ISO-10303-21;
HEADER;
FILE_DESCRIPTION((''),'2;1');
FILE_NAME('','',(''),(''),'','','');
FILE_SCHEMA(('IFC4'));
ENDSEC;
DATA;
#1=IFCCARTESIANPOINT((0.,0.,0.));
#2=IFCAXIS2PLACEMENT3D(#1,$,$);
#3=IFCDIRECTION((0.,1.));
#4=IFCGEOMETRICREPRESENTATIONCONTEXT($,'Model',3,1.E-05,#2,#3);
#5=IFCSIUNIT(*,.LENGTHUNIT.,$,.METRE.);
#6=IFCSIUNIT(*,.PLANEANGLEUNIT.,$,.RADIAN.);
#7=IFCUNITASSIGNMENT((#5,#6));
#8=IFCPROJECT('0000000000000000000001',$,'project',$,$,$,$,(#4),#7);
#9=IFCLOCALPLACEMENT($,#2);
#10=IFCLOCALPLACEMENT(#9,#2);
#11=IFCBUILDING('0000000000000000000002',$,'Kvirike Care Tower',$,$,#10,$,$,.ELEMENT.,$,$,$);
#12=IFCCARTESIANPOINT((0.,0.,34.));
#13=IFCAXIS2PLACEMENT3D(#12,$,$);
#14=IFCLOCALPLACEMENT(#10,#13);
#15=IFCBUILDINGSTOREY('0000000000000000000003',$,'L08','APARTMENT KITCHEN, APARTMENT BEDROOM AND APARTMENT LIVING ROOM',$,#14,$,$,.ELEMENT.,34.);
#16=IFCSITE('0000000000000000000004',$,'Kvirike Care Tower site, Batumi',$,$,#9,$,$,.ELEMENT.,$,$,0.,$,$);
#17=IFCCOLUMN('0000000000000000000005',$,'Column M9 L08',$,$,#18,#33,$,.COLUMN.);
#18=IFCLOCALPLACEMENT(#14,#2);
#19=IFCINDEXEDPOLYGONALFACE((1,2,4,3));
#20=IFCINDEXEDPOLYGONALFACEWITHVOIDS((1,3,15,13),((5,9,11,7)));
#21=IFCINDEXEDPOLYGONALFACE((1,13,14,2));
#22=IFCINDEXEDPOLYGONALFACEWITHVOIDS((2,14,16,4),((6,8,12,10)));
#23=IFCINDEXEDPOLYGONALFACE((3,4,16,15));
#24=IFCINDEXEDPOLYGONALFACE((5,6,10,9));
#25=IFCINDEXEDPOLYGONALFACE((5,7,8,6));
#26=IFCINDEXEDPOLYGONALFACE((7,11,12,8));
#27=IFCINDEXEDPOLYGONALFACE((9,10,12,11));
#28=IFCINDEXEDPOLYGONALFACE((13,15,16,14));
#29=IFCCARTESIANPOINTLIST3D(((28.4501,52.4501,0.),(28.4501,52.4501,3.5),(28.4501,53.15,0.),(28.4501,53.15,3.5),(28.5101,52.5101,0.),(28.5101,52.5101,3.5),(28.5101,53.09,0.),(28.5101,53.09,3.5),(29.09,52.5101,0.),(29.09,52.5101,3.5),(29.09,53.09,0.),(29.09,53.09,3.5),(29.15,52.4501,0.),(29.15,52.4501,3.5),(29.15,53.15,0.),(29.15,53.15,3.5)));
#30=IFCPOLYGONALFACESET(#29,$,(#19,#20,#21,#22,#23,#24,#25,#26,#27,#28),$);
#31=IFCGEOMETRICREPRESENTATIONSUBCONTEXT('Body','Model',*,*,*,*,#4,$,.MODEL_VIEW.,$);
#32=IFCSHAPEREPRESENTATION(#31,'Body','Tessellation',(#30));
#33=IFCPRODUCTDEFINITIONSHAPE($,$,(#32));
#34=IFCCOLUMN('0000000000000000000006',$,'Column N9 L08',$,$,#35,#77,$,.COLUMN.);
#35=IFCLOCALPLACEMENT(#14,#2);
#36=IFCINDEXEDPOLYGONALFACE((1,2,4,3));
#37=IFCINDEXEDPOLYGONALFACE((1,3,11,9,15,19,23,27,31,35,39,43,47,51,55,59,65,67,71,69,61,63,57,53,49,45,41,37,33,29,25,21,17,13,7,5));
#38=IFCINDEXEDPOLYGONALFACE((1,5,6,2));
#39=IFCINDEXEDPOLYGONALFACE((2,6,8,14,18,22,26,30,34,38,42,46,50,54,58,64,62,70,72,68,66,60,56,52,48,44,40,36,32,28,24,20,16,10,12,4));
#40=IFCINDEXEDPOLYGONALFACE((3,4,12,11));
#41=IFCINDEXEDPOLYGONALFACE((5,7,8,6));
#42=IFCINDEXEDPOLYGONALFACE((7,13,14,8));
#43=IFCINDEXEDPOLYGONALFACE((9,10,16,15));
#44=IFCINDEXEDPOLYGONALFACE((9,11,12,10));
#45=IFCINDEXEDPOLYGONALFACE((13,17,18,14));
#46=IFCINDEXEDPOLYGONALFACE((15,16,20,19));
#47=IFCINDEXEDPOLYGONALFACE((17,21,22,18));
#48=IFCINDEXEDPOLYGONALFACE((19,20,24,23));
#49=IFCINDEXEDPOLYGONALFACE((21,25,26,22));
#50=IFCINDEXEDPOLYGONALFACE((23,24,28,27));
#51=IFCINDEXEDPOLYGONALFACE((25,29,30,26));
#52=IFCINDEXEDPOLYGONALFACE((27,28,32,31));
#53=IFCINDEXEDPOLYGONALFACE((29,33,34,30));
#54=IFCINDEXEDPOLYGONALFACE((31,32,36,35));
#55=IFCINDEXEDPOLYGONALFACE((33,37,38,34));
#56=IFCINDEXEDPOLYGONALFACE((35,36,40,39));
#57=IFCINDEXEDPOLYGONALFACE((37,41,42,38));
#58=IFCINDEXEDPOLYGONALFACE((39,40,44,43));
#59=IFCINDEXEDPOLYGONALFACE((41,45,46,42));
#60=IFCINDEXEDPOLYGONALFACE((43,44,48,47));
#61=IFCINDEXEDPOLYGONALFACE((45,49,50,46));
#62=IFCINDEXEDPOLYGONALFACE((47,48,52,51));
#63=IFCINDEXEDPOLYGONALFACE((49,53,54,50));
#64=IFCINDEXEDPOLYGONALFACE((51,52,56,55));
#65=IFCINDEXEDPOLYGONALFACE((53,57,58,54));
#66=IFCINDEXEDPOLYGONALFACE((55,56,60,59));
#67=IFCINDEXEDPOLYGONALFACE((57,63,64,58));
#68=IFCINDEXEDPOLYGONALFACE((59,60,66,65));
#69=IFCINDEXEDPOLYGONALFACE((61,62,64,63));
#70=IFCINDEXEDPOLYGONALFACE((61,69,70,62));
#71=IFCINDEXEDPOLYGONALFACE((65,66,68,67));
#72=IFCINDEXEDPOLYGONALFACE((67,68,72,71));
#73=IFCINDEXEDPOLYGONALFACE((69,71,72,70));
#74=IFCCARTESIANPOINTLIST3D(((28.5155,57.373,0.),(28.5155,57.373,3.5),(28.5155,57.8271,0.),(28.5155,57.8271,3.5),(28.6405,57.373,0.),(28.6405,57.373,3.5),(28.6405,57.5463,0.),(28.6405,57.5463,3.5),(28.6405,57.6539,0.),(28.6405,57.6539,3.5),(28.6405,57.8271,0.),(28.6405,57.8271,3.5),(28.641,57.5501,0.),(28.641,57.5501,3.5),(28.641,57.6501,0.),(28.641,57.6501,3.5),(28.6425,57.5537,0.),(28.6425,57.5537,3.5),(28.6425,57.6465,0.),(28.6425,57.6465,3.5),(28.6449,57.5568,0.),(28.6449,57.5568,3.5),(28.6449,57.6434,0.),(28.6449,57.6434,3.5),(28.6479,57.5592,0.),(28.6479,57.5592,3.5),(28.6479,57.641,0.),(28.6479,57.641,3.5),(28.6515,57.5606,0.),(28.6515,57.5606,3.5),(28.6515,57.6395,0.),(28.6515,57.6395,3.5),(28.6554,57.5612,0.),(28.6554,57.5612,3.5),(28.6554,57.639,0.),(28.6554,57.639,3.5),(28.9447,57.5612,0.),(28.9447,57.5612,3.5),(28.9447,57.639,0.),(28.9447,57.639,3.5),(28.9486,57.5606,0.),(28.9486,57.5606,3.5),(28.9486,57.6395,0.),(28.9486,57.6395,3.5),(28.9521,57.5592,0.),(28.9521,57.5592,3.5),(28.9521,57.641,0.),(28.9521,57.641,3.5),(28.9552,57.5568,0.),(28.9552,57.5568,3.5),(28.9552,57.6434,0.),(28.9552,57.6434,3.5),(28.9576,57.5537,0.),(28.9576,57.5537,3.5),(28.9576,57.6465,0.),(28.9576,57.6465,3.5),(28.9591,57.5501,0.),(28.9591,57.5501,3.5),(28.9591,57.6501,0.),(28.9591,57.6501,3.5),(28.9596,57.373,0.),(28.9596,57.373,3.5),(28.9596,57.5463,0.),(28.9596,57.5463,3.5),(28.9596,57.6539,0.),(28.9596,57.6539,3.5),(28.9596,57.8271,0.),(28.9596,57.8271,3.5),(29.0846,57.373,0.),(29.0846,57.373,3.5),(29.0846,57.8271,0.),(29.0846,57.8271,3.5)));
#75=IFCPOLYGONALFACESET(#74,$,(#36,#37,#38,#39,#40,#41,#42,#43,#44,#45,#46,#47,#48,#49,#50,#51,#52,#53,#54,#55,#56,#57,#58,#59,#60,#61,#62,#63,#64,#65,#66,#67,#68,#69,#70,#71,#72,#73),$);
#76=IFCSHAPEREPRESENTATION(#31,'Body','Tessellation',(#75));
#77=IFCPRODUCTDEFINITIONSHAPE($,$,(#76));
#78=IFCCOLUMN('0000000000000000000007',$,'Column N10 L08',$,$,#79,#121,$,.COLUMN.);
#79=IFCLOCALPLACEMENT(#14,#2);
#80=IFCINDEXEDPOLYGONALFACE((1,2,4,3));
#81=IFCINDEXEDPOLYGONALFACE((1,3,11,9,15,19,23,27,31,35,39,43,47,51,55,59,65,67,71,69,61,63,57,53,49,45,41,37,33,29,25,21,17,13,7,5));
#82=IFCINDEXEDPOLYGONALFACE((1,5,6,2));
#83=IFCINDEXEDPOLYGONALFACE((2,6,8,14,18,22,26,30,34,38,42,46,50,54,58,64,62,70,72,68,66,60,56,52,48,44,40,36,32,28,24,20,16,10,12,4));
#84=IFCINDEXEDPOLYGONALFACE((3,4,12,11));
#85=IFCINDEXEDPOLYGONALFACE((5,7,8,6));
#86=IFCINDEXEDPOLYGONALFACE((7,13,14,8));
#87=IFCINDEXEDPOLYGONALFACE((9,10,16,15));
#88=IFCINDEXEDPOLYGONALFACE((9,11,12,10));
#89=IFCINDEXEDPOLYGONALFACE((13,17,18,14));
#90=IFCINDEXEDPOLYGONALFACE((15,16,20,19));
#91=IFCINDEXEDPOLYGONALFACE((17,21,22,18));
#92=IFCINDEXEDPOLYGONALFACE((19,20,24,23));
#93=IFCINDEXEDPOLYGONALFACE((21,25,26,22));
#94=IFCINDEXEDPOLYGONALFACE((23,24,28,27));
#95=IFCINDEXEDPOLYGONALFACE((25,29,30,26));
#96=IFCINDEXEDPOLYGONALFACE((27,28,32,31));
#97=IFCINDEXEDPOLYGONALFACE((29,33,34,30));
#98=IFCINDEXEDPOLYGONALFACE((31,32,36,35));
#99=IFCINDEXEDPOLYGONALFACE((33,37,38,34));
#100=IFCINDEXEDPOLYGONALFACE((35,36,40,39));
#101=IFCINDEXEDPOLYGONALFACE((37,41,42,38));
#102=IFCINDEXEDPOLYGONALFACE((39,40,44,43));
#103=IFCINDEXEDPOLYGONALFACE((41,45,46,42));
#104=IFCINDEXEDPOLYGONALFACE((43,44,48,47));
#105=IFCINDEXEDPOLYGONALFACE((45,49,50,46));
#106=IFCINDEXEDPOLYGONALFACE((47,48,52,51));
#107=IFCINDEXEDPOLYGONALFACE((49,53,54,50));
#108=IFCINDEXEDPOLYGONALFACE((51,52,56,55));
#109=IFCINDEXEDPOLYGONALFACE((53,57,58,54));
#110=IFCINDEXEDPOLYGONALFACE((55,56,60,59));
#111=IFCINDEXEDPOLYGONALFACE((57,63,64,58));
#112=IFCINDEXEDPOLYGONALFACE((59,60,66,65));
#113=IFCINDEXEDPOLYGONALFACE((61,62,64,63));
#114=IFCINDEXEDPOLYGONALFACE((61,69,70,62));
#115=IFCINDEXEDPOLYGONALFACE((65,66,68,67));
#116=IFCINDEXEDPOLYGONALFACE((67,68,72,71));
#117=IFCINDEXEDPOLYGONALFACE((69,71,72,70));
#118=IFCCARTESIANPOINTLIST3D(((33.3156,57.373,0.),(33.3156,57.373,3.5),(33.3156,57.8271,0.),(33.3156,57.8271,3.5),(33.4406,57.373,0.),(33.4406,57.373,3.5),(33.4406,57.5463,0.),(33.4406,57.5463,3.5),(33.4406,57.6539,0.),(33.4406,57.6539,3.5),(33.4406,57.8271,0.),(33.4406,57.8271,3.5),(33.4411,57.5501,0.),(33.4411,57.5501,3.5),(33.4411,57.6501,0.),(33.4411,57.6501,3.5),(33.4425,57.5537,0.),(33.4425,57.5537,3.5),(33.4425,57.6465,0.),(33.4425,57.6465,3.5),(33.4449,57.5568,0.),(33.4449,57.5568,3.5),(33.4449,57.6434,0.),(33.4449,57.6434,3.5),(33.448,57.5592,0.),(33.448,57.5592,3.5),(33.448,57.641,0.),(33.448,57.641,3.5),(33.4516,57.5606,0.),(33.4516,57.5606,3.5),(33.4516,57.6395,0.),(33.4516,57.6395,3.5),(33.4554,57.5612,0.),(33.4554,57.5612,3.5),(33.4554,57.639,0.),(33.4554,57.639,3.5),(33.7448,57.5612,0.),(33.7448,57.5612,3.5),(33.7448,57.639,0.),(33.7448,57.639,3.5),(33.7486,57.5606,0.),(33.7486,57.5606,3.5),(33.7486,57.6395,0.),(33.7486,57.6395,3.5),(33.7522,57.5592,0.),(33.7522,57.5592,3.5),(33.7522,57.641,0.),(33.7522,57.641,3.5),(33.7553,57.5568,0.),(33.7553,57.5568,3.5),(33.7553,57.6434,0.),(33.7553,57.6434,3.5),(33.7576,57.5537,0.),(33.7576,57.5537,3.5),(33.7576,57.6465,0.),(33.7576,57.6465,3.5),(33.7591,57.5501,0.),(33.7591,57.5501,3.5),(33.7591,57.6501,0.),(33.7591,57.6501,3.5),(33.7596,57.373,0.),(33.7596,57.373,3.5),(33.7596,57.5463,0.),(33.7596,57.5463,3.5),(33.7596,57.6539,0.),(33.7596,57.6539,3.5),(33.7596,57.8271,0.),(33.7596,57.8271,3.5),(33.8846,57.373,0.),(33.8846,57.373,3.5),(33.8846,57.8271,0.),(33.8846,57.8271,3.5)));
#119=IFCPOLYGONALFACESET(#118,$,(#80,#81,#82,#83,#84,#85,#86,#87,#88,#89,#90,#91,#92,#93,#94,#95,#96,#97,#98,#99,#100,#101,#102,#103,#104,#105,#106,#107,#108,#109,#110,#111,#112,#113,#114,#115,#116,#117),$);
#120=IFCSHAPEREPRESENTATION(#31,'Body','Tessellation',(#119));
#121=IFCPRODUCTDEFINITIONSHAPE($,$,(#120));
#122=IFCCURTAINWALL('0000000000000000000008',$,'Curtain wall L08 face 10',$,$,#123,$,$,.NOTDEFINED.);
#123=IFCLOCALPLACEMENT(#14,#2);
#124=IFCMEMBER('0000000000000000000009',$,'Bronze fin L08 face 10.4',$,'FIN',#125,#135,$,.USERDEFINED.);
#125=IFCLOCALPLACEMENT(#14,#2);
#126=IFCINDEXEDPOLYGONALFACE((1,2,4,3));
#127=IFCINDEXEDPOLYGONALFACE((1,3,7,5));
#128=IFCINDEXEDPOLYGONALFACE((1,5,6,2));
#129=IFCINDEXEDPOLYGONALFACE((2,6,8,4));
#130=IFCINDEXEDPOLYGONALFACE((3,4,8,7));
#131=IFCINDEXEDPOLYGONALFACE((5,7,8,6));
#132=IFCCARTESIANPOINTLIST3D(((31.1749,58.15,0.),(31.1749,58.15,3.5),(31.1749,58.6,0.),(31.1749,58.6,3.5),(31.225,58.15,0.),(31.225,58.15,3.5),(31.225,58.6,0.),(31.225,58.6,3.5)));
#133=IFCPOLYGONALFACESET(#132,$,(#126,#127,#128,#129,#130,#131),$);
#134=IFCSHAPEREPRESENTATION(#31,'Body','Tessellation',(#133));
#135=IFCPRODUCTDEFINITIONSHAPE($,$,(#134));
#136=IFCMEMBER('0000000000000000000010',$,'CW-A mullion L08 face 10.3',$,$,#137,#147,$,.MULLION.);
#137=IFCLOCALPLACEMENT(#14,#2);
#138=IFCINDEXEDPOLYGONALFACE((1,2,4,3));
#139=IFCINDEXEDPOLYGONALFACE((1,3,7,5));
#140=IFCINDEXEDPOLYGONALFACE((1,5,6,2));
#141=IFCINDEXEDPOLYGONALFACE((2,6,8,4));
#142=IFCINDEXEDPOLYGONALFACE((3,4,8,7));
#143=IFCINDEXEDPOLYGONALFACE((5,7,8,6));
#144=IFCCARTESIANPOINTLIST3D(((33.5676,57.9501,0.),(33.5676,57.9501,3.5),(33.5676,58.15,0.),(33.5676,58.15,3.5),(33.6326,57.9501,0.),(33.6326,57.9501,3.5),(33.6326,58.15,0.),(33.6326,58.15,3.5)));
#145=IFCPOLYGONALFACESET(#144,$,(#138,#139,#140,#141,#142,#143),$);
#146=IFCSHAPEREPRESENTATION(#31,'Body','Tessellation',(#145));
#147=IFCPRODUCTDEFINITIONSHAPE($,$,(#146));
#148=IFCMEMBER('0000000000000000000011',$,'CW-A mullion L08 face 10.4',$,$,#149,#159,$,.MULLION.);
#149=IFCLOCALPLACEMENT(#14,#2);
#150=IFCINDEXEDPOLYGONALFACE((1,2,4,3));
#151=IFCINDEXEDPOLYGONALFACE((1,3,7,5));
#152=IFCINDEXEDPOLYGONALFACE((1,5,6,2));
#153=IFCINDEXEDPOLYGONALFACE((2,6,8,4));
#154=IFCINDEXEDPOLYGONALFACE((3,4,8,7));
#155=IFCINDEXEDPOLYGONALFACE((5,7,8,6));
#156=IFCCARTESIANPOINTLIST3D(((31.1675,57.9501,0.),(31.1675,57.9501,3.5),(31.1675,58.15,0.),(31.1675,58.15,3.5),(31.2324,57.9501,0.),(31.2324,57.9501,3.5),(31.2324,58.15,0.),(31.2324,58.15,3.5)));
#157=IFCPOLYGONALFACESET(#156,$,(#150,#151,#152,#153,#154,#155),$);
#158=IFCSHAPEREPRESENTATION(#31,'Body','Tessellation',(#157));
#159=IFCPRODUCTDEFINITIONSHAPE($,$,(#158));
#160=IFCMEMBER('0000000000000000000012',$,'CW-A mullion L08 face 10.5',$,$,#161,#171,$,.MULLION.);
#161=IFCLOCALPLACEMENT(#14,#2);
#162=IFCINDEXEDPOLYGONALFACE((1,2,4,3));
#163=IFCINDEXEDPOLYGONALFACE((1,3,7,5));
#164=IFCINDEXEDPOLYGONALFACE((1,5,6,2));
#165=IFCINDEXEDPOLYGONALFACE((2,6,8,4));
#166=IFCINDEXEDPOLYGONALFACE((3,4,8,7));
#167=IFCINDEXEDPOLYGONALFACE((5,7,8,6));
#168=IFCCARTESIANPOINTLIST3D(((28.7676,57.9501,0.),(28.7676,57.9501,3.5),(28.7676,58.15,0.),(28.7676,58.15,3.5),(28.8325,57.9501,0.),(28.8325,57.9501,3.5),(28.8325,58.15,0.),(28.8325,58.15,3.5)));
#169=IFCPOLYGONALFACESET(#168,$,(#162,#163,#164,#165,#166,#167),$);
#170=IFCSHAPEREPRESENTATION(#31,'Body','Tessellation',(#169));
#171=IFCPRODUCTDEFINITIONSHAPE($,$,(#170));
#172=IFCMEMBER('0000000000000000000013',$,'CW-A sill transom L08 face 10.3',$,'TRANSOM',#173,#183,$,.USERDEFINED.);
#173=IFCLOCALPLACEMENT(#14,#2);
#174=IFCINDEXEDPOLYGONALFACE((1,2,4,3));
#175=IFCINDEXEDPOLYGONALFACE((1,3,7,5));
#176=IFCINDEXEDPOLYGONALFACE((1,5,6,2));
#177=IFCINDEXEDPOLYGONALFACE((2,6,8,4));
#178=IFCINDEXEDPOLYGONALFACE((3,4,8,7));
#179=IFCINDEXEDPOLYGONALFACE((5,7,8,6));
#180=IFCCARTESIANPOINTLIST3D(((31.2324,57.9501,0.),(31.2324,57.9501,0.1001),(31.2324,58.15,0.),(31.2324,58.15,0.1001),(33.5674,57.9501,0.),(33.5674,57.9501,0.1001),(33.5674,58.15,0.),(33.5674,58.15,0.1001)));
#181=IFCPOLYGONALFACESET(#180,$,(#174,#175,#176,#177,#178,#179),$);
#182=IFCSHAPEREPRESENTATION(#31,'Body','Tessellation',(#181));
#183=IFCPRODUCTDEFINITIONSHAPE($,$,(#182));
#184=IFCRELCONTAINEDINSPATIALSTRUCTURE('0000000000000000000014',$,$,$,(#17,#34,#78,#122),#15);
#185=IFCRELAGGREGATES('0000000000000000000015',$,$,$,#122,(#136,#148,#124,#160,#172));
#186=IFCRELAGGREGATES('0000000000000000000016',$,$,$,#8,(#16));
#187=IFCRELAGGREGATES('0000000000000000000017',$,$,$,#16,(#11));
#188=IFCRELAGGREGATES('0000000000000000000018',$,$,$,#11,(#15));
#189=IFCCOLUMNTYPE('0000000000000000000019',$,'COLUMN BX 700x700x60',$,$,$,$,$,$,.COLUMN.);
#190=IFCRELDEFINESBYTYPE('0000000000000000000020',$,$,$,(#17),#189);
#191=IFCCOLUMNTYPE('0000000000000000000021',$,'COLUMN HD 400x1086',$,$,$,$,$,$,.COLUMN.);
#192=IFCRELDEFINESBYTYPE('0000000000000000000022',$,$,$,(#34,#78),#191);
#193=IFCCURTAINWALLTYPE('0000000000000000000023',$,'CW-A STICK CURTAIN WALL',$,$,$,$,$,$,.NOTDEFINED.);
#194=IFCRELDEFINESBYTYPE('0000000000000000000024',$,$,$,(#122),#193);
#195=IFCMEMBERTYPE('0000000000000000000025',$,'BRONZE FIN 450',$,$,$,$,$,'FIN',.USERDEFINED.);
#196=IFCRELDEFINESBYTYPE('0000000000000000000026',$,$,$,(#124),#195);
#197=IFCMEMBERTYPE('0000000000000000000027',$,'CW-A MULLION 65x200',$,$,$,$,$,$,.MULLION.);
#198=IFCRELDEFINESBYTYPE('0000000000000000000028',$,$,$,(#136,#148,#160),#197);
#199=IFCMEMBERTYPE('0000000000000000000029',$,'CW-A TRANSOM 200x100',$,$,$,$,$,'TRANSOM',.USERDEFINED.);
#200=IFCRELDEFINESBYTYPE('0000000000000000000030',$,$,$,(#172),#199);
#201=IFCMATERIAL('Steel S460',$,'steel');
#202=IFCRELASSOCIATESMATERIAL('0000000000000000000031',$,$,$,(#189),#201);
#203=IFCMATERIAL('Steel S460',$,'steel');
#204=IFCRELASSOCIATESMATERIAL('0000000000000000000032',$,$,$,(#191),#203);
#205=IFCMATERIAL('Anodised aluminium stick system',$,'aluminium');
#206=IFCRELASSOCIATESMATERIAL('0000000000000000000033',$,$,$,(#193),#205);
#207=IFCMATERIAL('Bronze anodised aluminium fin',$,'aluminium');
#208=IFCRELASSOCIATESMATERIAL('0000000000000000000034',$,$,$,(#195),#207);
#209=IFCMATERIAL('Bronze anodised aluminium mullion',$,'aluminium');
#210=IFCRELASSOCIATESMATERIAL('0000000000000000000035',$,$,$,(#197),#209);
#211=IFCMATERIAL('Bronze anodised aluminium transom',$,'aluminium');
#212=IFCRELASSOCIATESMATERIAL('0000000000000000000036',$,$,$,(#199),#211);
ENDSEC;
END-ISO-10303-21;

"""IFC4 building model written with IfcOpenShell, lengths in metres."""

from ifc_helpers import new_model, si_unit, direction, frame, origin, origin_2d, place, context, subcontext, project, spatial, rectangle, hollow_rectangle, i_section, extrude, material, material_profile, profile_set, type_object, element, aggregate, save


model = new_model("IFC4")

# Units and contexts
model_context = context("Model", 3, precision=1e-05, world=origin(), true_north=direction((0.0, 1.0)))
body_context = subcontext(model_context, "Body", "Model", "MODEL_VIEW")
ifc_project = project(units=[si_unit("LENGTHUNIT", "METRE"), si_unit("PLANEANGLEUNIT", "RADIAN")], contexts=[model_context])

# Site, building, storey
site_placement = place(None, origin())
site = spatial("IfcSite", under=ifc_project, at=site_placement, Name="Kvirike Care Tower site, Batumi", CompositionType="ELEMENT", RefElevation=0.0)
building_placement = place(site_placement, origin())
building = spatial("IfcBuilding", under=site, at=building_placement, Name="Kvirike Care Tower", CompositionType="ELEMENT")
storey_placement = place(building_placement, frame((0.0, 0.0, 34.0)))
storey = spatial("IfcBuildingStorey", under=building, at=storey_placement, Name="L08", Description="APARTMENT KITCHEN, APARTMENT BEDROOM AND APARTMENT LIVING ROOM", CompositionType="ELEMENT", Elevation=34.0)

# Columns
ifc_material_1 = material(Name="Steel S460", Category="steel")
ifc_material_profile_1 = material_profile(ifc_material_1, hollow_rectangle(XDim=0.7, YDim=0.7, WallThickness=0.0601, at=origin_2d()), Name="BX 700x700x60")
ifc_profile_set_1 = profile_set([ifc_material_profile_1], Name="Steel S460")
column_type_1 = type_object("IfcColumnType", Name="COLUMN BX 700x700x60", PredefinedType="COLUMN", material=ifc_profile_set_1)
column_placement = place(storey_placement, frame((28.8, 52.8, 0.0), z_axis=(0.0, 0.0, 1.0), x_axis=(1.0, 0.0, 0.0)))
element("IfcColumn", 1, at=column_placement, inside=storey, type_object=column_type_1, Name="Column M9 L08", PredefinedType="COLUMN", context=body_context, shape_type="SweptSolid", body=[
    extrude(hollow_rectangle(XDim=0.7, YDim=0.7, WallThickness=0.0601, at=origin_2d()), origin(), (0.0, 0.0, 1.0), 3.5),
])
ifc_material_2 = material(Name="Steel S460", Category="steel")
ifc_material_profile_2 = material_profile(ifc_material_2, i_section(OverallWidth=0.4541, OverallDepth=0.5691, WebThickness=0.0779, FlangeThickness=0.125, FilletRadius=0.0149, at=origin_2d()), Name="HD 400x1086")
ifc_profile_set_2 = profile_set([ifc_material_profile_2], Name="Steel S460")
column_type_2 = type_object("IfcColumnType", Name="COLUMN HD 400x1086", PredefinedType="COLUMN", material=ifc_profile_set_2)
for number, where, z_axis, x_axis, name in (
    (2, (28.8, 57.6001, 0.0), (0.0, 0.0, 1.0), (0.0, 1.0, 0.0), "Column N9 L08"),
    (3, (33.6001, 57.6001, 0.0), (0.0, 0.0, 1.0), (0.0, 1.0, 0.0), "Column N10 L08"),
):
    element("IfcColumn", number, at=place(storey_placement, frame(where, z_axis=z_axis, x_axis=x_axis)), inside=storey, type_object=column_type_2, Name=name, PredefinedType="COLUMN", context=body_context, shape_type="SweptSolid", body=[
        extrude(i_section(OverallWidth=0.4541, OverallDepth=0.5691, WebThickness=0.0779, FlangeThickness=0.125, FilletRadius=0.0149, at=origin_2d()), origin(), (0.0, 0.0, 1.0), 3.5),
    ])

# Curtain wall, members
ifc_material_3 = material(Name="Anodised aluminium stick system", Category="aluminium")
curtain_wall_type = type_object("IfcCurtainWallType", Name="CW-A STICK CURTAIN WALL", PredefinedType="NOTDEFINED", material=ifc_material_3)
curtain_wall_placement = place(storey_placement, origin())
curtain_wall = element("IfcCurtainWall", 4, at=curtain_wall_placement, inside=storey, type_object=curtain_wall_type, Name="Curtain wall L08 face 10", PredefinedType="NOTDEFINED")
ifc_material_4 = material(Name="Bronze anodised aluminium fin", Category="aluminium")
ifc_material_profile_3 = material_profile(ifc_material_4, rectangle(XDim=0.05, YDim=0.45, at=origin_2d()), Name="BRONZE FIN 450")
ifc_profile_set_3 = profile_set([ifc_material_profile_3], Name="Bronze anodised aluminium fin")
member_type_1 = type_object("IfcMemberType", Name="BRONZE FIN 450", ElementType="FIN", PredefinedType="USERDEFINED", material=ifc_profile_set_3)
member_1_placement = place(storey_placement, frame((31.2, 58.375, 0.0), z_axis=(0.0, 0.0, 1.0), x_axis=(-1.0, 0.0, 0.0)))
member_1 = element("IfcMember", 5, at=member_1_placement, type_object=member_type_1, Name="Bronze fin L08 face 10.4", ObjectType="FIN", PredefinedType="USERDEFINED", context=body_context, shape_type="SweptSolid", body=[
    extrude(rectangle(XDim=0.05, YDim=0.45, at=origin_2d()), origin(), (0.0, 0.0, 1.0), 3.5),
])
ifc_material_5 = material(Name="Bronze anodised aluminium mullion", Category="aluminium")
ifc_material_profile_4 = material_profile(ifc_material_5, rectangle(XDim=0.0649, YDim=0.2, at=origin_2d()), Name="CW-A MULLION 65x200")
ifc_profile_set_4 = profile_set([ifc_material_profile_4], Name="Bronze anodised aluminium mullion")
member_type_2 = type_object("IfcMemberType", Name="CW-A MULLION 65x200", PredefinedType="MULLION", material=ifc_profile_set_4)
member_2_placement = place(storey_placement, frame((33.6001, 58.05, 0.0), z_axis=(0.0, 0.0, 1.0), x_axis=(-1.0, 0.0, 0.0)))
member_2 = element("IfcMember", 6, at=member_2_placement, type_object=member_type_2, Name="CW-A mullion L08 face 10.3", PredefinedType="MULLION", context=body_context, shape_type="SweptSolid", body=[
    extrude(rectangle(XDim=0.0649, YDim=0.2, at=origin_2d()), origin(), (0.0, 0.0, 1.0), 3.5),
])
member_3_placement = place(storey_placement, frame((31.2, 58.05, 0.0), z_axis=(0.0, 0.0, 1.0), x_axis=(-1.0, 0.0, 0.0)))
member_3 = element("IfcMember", 7, at=member_3_placement, type_object=member_type_2, Name="CW-A mullion L08 face 10.4", PredefinedType="MULLION", context=body_context, shape_type="SweptSolid", body=[
    extrude(rectangle(XDim=0.0649, YDim=0.2, at=origin_2d()), origin(), (0.0, 0.0, 1.0), 3.5),
])
member_4_placement = place(storey_placement, frame((28.8, 58.05, 0.0), z_axis=(0.0, 0.0, 1.0), x_axis=(-1.0, 0.0, 0.0)))
member_4 = element("IfcMember", 8, at=member_4_placement, type_object=member_type_2, Name="CW-A mullion L08 face 10.5", PredefinedType="MULLION", context=body_context, shape_type="SweptSolid", body=[
    extrude(rectangle(XDim=0.0649, YDim=0.2, at=origin_2d()), origin(), (0.0, 0.0, 1.0), 3.5),
])
ifc_material_6 = material(Name="Bronze anodised aluminium transom", Category="aluminium")
ifc_material_profile_5 = material_profile(ifc_material_6, rectangle(XDim=0.2, YDim=0.1001, at=origin_2d()), Name="CW-A TRANSOM 200x100")
ifc_profile_set_5 = profile_set([ifc_material_profile_5], Name="Bronze anodised aluminium transom")
member_type_3 = type_object("IfcMemberType", Name="CW-A TRANSOM 200x100", ElementType="TRANSOM", PredefinedType="USERDEFINED", material=ifc_profile_set_5)
member_5_placement = place(storey_placement, frame((33.5674, 58.05, 0.05), z_axis=(-1.0, 0.0, 0.0), x_axis=(0.0, -1.0, 0.0)))
member_5 = element("IfcMember", 9, at=member_5_placement, type_object=member_type_3, Name="CW-A sill transom L08 face 10.3", ObjectType="TRANSOM", PredefinedType="USERDEFINED", context=body_context, shape_type="SweptSolid", body=[
    extrude(rectangle(XDim=0.2, YDim=0.1001, at=origin_2d()), origin(), (0.0, 0.0, 1.0), 2.335),
])

aggregate(curtain_wall, [member_2, member_3, member_1, member_4, member_5])

save(model, "model.ifc")
